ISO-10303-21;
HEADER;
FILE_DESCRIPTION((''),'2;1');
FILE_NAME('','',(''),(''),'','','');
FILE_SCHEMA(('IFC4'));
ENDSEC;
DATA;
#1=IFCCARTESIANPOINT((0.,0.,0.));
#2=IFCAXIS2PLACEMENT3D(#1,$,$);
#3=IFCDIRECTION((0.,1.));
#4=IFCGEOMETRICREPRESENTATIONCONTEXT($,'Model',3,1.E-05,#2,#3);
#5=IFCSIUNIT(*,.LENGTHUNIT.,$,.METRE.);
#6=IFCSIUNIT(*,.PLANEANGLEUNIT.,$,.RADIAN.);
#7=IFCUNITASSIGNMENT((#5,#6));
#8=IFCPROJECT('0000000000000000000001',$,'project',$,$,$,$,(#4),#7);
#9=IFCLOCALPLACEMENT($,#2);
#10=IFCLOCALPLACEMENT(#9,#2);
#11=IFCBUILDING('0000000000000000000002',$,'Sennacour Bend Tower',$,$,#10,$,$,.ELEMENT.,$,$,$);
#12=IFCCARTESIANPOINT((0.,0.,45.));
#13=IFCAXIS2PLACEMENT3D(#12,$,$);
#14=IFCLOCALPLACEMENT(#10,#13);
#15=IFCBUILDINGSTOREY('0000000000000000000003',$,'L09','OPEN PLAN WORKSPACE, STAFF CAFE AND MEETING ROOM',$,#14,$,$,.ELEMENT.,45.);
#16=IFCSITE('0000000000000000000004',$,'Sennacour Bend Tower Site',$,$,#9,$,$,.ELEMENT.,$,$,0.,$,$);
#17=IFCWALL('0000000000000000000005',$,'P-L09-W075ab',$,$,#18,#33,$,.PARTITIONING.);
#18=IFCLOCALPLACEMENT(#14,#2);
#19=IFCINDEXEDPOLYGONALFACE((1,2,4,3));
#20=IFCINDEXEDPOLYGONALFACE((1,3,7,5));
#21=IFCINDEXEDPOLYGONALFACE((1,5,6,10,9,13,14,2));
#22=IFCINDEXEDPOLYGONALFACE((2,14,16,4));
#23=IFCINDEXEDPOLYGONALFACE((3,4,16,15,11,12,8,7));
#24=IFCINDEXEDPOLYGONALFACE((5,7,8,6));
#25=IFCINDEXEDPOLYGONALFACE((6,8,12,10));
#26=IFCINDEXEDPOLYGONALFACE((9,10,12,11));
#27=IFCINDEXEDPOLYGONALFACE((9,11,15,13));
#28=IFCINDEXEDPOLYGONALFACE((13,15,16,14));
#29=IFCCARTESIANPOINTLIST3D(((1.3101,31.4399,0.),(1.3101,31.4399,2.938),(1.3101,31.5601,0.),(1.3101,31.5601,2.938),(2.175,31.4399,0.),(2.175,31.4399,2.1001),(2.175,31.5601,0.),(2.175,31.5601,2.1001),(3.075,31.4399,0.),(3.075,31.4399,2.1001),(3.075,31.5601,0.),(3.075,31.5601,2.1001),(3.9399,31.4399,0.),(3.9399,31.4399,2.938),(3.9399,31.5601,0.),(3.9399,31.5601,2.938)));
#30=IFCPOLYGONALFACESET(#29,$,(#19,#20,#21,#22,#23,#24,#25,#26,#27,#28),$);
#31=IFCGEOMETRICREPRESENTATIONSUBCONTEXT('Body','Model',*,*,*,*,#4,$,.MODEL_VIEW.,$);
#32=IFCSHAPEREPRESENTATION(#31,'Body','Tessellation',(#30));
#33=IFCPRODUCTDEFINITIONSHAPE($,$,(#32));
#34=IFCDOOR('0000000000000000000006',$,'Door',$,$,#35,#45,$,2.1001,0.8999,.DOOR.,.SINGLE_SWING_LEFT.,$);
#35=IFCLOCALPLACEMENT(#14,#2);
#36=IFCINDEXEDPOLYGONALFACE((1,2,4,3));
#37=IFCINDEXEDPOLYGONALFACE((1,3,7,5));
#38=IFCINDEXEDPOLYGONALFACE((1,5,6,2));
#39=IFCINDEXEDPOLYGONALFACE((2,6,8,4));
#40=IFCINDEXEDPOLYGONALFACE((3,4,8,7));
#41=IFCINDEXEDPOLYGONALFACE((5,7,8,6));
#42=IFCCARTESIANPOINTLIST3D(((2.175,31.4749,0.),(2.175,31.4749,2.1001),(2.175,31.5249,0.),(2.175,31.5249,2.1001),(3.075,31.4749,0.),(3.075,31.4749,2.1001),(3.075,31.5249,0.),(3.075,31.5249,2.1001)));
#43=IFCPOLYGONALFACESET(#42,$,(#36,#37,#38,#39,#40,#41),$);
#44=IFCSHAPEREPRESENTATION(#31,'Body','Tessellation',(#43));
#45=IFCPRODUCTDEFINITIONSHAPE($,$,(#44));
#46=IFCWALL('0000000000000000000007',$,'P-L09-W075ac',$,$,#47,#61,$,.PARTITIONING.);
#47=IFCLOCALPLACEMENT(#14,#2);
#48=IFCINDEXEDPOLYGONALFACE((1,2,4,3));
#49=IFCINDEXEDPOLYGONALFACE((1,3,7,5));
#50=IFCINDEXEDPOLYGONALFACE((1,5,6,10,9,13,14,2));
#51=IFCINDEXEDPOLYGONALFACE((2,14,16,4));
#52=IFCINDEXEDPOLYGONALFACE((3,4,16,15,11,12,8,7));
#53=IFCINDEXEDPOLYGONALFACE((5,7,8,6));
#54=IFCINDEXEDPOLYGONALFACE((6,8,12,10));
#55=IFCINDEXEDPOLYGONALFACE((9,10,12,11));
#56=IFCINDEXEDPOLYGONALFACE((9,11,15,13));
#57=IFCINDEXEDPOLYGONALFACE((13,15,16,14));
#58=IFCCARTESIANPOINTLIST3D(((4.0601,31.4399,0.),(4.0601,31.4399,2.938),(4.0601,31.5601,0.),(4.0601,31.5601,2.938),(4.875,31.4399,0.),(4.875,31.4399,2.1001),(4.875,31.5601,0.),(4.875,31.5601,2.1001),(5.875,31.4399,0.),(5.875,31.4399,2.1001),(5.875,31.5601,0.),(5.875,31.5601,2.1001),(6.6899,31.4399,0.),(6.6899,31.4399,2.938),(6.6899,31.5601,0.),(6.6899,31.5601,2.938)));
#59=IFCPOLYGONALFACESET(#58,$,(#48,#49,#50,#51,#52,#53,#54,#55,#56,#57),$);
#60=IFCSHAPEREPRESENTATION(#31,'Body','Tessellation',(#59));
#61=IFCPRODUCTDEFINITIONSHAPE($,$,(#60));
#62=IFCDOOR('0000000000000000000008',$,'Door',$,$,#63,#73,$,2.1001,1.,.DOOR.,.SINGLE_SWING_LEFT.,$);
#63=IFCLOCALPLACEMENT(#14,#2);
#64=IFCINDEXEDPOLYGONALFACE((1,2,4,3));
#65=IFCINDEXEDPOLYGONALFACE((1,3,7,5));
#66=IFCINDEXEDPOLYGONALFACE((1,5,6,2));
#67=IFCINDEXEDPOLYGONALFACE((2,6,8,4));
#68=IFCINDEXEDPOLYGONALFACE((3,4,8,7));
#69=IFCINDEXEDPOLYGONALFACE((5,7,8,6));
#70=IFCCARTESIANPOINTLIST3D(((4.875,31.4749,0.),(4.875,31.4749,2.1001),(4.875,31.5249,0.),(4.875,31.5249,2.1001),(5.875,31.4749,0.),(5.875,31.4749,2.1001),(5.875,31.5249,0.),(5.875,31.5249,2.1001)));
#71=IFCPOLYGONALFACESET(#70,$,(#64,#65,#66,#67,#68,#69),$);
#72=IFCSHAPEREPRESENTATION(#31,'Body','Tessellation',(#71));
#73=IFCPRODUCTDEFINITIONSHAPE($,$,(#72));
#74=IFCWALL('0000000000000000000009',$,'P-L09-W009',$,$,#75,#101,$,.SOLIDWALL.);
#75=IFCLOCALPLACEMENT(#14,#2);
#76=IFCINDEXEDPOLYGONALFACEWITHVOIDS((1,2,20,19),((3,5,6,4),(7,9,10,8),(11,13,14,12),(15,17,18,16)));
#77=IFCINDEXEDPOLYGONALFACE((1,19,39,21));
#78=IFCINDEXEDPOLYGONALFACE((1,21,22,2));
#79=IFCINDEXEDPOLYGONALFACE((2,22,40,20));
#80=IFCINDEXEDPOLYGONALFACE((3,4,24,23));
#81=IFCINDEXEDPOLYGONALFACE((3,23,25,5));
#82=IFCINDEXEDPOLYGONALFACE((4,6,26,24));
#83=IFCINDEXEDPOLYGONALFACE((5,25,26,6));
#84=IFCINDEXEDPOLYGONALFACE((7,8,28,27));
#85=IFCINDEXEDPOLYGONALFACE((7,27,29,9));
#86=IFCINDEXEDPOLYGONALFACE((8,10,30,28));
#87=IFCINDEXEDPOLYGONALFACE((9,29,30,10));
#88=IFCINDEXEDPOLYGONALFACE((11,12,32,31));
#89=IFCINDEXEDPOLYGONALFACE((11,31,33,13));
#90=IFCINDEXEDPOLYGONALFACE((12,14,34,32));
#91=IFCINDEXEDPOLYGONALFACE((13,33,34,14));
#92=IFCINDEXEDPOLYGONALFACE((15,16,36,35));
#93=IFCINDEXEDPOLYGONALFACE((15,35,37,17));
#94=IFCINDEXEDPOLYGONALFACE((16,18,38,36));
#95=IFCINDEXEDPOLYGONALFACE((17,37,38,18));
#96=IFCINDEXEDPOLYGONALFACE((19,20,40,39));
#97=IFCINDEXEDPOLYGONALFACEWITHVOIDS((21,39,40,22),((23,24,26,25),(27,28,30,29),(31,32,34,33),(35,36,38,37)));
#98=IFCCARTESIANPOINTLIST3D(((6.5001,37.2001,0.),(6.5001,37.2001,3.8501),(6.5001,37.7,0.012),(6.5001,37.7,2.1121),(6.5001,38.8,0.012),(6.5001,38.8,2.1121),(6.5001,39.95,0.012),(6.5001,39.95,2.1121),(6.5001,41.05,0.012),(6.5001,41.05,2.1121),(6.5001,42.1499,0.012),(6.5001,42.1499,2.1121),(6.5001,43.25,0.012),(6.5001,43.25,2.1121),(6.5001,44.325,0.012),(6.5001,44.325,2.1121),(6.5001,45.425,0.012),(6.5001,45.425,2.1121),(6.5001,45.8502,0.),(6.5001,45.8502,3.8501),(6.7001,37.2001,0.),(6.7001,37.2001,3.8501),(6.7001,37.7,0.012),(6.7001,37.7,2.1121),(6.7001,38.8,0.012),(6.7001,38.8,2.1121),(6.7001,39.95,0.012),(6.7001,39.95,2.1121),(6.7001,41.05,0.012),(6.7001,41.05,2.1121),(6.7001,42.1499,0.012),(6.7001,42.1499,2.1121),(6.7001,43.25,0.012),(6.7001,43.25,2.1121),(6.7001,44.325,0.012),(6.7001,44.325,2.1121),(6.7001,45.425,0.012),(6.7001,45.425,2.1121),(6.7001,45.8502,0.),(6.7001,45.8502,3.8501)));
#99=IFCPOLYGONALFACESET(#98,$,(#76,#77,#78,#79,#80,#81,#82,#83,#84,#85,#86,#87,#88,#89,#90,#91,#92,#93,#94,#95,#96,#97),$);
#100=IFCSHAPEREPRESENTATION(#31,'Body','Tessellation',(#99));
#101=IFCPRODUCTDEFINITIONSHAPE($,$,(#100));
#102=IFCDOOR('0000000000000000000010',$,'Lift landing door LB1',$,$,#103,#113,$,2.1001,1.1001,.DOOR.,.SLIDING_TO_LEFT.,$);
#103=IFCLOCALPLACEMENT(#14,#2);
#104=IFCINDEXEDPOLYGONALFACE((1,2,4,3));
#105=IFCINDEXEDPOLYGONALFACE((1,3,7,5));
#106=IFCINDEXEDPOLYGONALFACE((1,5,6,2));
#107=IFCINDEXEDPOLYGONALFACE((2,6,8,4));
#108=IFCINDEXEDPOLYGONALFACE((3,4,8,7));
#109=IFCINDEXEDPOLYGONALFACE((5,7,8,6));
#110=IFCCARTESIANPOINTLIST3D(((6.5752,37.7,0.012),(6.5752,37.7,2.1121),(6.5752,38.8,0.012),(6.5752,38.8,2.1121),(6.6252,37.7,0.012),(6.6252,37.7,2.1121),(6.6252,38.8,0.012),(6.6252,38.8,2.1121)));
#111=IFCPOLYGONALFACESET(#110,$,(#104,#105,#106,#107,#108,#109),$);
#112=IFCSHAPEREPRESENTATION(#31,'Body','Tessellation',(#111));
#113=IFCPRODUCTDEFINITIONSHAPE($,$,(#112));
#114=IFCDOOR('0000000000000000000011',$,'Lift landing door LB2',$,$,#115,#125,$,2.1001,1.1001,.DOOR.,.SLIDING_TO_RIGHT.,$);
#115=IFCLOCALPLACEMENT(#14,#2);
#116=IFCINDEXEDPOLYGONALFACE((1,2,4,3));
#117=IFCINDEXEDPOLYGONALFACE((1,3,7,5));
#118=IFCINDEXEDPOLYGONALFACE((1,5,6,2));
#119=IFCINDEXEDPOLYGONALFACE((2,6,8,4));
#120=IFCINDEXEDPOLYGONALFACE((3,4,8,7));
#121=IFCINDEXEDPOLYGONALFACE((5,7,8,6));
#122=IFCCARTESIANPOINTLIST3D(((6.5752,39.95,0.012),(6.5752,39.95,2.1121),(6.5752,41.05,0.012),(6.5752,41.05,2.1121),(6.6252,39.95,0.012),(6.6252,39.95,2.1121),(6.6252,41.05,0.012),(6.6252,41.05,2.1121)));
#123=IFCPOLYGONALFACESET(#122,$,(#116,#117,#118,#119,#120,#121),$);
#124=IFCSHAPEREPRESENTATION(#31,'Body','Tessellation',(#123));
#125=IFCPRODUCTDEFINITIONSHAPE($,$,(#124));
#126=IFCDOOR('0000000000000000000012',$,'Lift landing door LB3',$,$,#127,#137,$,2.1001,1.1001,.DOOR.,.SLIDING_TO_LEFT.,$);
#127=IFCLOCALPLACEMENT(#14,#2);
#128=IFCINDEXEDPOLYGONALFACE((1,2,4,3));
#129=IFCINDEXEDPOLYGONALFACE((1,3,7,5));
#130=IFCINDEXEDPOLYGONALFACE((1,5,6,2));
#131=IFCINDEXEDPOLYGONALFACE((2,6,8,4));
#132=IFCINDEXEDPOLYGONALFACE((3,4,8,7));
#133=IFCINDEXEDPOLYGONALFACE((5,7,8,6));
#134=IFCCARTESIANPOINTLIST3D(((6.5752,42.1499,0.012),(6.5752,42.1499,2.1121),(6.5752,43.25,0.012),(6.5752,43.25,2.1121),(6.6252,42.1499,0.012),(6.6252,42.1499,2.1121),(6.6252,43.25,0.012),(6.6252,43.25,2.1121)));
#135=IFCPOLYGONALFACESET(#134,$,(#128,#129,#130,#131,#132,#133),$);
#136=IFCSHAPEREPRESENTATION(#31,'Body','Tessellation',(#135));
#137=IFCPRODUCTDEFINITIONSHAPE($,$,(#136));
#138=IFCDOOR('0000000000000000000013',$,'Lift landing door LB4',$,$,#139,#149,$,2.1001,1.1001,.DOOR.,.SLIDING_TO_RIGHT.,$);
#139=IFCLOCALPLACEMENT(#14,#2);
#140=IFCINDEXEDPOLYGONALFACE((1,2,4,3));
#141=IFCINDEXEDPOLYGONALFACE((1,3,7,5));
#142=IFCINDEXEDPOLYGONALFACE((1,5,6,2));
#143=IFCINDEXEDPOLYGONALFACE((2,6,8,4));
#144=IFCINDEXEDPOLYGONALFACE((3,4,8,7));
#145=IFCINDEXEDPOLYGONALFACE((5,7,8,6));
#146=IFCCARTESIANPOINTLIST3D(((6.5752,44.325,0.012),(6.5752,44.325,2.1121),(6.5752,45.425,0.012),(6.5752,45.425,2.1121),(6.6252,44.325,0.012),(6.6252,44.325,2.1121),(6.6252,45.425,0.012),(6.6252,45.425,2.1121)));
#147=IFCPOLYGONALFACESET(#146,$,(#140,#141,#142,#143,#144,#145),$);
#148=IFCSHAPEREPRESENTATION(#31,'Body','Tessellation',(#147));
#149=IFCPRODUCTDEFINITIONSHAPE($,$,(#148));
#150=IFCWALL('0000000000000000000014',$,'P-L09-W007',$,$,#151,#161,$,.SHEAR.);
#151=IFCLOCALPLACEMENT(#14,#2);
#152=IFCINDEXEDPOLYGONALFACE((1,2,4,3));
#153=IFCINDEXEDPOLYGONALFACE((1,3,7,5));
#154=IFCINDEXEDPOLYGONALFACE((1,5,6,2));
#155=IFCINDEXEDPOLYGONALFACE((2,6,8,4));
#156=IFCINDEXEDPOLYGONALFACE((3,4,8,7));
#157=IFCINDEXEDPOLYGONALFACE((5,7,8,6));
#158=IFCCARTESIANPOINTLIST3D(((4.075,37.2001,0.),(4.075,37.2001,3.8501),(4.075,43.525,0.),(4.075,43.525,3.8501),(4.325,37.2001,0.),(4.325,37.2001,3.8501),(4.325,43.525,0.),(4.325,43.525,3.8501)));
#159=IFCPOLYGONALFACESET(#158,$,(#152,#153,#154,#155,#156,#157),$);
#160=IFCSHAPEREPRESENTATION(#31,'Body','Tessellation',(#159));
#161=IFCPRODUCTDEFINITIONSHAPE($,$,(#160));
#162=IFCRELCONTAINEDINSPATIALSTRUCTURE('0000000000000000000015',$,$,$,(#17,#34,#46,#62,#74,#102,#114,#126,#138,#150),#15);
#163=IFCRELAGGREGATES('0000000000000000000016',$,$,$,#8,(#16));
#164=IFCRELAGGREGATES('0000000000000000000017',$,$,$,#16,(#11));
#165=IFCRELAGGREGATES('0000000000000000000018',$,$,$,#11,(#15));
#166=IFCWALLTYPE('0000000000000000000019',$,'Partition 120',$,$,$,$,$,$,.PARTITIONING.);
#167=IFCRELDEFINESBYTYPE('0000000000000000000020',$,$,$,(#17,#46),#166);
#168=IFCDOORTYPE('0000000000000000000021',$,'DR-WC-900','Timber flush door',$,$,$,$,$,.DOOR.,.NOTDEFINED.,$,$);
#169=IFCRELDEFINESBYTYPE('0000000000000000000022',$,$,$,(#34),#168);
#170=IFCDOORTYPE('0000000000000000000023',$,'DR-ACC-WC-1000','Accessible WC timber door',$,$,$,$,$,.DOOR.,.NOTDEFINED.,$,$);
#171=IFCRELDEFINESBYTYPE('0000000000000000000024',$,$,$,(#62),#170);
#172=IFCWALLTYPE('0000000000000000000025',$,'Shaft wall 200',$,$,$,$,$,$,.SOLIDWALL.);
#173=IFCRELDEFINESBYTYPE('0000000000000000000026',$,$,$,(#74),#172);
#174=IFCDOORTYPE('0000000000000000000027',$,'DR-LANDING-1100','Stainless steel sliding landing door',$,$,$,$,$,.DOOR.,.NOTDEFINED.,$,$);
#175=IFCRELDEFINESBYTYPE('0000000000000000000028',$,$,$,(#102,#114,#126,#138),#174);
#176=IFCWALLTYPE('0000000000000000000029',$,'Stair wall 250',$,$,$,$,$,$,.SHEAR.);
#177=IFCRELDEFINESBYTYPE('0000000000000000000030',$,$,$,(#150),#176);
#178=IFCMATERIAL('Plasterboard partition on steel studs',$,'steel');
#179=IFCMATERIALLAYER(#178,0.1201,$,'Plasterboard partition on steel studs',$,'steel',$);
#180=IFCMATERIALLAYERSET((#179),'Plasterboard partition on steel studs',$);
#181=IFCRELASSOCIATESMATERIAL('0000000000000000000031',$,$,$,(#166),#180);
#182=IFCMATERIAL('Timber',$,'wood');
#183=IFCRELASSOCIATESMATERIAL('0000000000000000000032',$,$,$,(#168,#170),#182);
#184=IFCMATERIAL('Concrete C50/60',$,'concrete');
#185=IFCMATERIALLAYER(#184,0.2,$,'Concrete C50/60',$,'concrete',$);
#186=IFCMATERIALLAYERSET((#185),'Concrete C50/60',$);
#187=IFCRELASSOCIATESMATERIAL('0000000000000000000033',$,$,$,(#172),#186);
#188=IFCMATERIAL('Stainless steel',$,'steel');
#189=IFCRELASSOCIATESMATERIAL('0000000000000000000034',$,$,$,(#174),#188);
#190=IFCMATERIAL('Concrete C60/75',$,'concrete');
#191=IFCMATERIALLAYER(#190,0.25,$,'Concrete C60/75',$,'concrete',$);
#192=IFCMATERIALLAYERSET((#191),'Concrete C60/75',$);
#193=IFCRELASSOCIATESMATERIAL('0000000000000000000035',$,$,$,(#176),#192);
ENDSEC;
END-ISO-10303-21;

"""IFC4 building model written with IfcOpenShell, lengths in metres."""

from ifc_helpers import new_model, si_unit, direction, frame, frame_2d, origin, place, context, subcontext, project, spatial, rectangle, extrude, material, layer, layer_set, type_object, element, fill, save


model = new_model("IFC4")

# Units and contexts
model_context = context("Model", 3, precision=1e-05, world=origin(), true_north=direction((0.0, 1.0)))
body_context = subcontext(model_context, "Body", "Model", "MODEL_VIEW")
ifc_project = project(units=[si_unit("LENGTHUNIT", "METRE"), si_unit("PLANEANGLEUNIT", "RADIAN")], contexts=[model_context])

# Site, building, storey
site_placement = place(None, origin())
site = spatial("IfcSite", under=ifc_project, at=site_placement, Name="Sennacour Bend Tower Site", CompositionType="ELEMENT", RefElevation=0.0)
building_placement = place(site_placement, origin())
building = spatial("IfcBuilding", under=site, at=building_placement, Name="Sennacour Bend Tower", CompositionType="ELEMENT")
storey_placement = place(building_placement, frame((0.0, 0.0, 45.0)))
storey = spatial("IfcBuildingStorey", under=building, at=storey_placement, Name="L09", Description="OPEN PLAN WORKSPACE, STAFF CAFE AND MEETING ROOM", CompositionType="ELEMENT", Elevation=45.0)

# Shared definitions
ifc_material_1 = material(Name="Plasterboard partition on steel studs", Category="steel")
ifc_layer_1 = layer(ifc_material_1, 0.1201, Name="Plasterboard partition on steel studs", Category="steel")
ifc_layer_set_1 = layer_set([ifc_layer_1], Name="Plasterboard partition on steel studs")
wall_type_1 = type_object("IfcWallType", Name="Partition 120", PredefinedType="PARTITIONING", material=ifc_layer_set_1)

# Walls, openings, doors
wall_1_placement = place(storey_placement, frame((1.3101, 31.5, 0.0), z_axis=(0.0, 0.0, 1.0), x_axis=(1.0, 0.0, 0.0)))
wall_1 = element("IfcWall", 1, at=wall_1_placement, inside=storey, type_object=wall_type_1, Name="P-L09-W075ab", PredefinedType="PARTITIONING", context=body_context, shape_type="SweptSolid", body=[
    extrude(rectangle(XDim=2.6299, YDim=0.1201, at=frame_2d((1.3149, 0.0))), origin(), (0.0, 0.0, 1.0), 2.938),
])
opening_1_placement = place(wall_1_placement, frame((0.865, 0.0, 0.0)))
opening_1 = element("IfcOpeningElement", 2, at=opening_1_placement, cuts=wall_1, PredefinedType="OPENING", context=body_context, shape_type="SweptSolid", body=[
    extrude(rectangle(XDim=0.8999, YDim=2.1001, at=frame_2d((0.45, 1.05))), frame((0.0, 0.0701, 0.0), z_axis=(0.0, -1.0, 0.0), x_axis=(1.0, 0.0, 0.0)), (0.0, 0.0, 1.0), 0.1401),
])
ifc_material_2 = material(Name="Timber", Category="wood")
door_type_1 = type_object("IfcDoorType", Name="DR-WC-900", Description="Timber flush door", OperationType="NOTDEFINED", PredefinedType="DOOR", material=ifc_material_2)
door_1_placement = place(opening_1_placement, origin())
door_1 = element("IfcDoor", 3, at=door_1_placement, inside=storey, type_object=door_type_1, Name="Door", OperationType="SINGLE_SWING_LEFT", OverallHeight=2.1001, OverallWidth=0.8999, PredefinedType="DOOR", context=body_context, shape_type="SweptSolid", body=[
    extrude(rectangle(XDim=0.8999, YDim=2.1001, at=frame_2d((0.45, 1.05))), frame((0.0, 0.0249, 0.0), z_axis=(0.0, -1.0, 0.0), x_axis=(1.0, 0.0, 0.0)), (0.0, 0.0, 1.0), 0.05),
])
fill(opening_1, door_1)
wall_2_placement = place(storey_placement, frame((4.0601, 31.5, 0.0), z_axis=(0.0, 0.0, 1.0), x_axis=(1.0, 0.0, 0.0)))
wall_2 = element("IfcWall", 4, at=wall_2_placement, inside=storey, type_object=wall_type_1, Name="P-L09-W075ac", PredefinedType="PARTITIONING", context=body_context, shape_type="SweptSolid", body=[
    extrude(rectangle(XDim=2.6299, YDim=0.1201, at=frame_2d((1.3149, 0.0))), origin(), (0.0, 0.0, 1.0), 2.938),
])
opening_2_placement = place(wall_2_placement, frame((0.8149, 0.0, 0.0)))
opening_2 = element("IfcOpeningElement", 5, at=opening_2_placement, cuts=wall_2, PredefinedType="OPENING", context=body_context, shape_type="SweptSolid", body=[
    extrude(rectangle(XDim=1.0, YDim=2.1001, at=frame_2d((0.5, 1.05))), frame((0.0, 0.0701, 0.0), z_axis=(0.0, -1.0, 0.0), x_axis=(1.0, 0.0, 0.0)), (0.0, 0.0, 1.0), 0.1401),
])
door_type_2 = type_object("IfcDoorType", Name="DR-ACC-WC-1000", Description="Accessible WC timber door", OperationType="NOTDEFINED", PredefinedType="DOOR", material=ifc_material_2)
door_2_placement = place(opening_2_placement, origin())
door_2 = element("IfcDoor", 6, at=door_2_placement, inside=storey, type_object=door_type_2, Name="Door", OperationType="SINGLE_SWING_LEFT", OverallHeight=2.1001, OverallWidth=1.0, PredefinedType="DOOR", context=body_context, shape_type="SweptSolid", body=[
    extrude(rectangle(XDim=1.0, YDim=2.1001, at=frame_2d((0.5, 1.05))), frame((0.0, 0.0249, 0.0), z_axis=(0.0, -1.0, 0.0), x_axis=(1.0, 0.0, 0.0)), (0.0, 0.0, 1.0), 0.05),
])
fill(opening_2, door_2)

# Wall, openings, doors
ifc_material_3 = material(Name="Concrete C50/60", Category="concrete")
ifc_layer_2 = layer(ifc_material_3, 0.2, Name="Concrete C50/60", Category="concrete")
ifc_layer_set_2 = layer_set([ifc_layer_2], Name="Concrete C50/60")
wall_type_2 = type_object("IfcWallType", Name="Shaft wall 200", PredefinedType="SOLIDWALL", material=ifc_layer_set_2)
wall_3_placement = place(storey_placement, frame((6.6001, 37.2, 0.0), z_axis=(0.0, 0.0, 1.0), x_axis=(0.0, 1.0, 0.0)))
wall_3 = element("IfcWall", 7, at=wall_3_placement, inside=storey, type_object=wall_type_2, Name="P-L09-W009", PredefinedType="SOLIDWALL", context=body_context, shape_type="SweptSolid", body=[
    extrude(rectangle(XDim=8.6501, YDim=0.2, at=frame_2d((4.3252, 0.0))), origin(), (0.0, 0.0, 1.0), 3.8501),
])
opening_3_placement = place(wall_3_placement, frame((0.5, 0.0, 0.012)))
opening_3 = element("IfcOpeningElement", 8, at=opening_3_placement, cuts=wall_3, PredefinedType="OPENING", context=body_context, shape_type="SweptSolid", body=[
    extrude(rectangle(XDim=1.1001, YDim=2.1001, at=frame_2d((0.55, 1.05))), frame((0.0, 0.1099, 0.0), z_axis=(0.0, -1.0, 0.0), x_axis=(1.0, 0.0, 0.0)), (0.0, 0.0, 1.0), 0.22),
])
opening_4_placement = place(wall_3_placement, frame((2.75, 0.0, 0.012)))
opening_4 = element("IfcOpeningElement", 9, at=opening_4_placement, cuts=wall_3, PredefinedType="OPENING", context=body_context, shape_type="SweptSolid", body=[
    extrude(rectangle(XDim=1.1001, YDim=2.1001, at=frame_2d((0.55, 1.05))), frame((0.0, 0.1099, 0.0), z_axis=(0.0, -1.0, 0.0), x_axis=(1.0, 0.0, 0.0)), (0.0, 0.0, 1.0), 0.22),
])
opening_5_placement = place(wall_3_placement, frame((4.95, 0.0, 0.012)))
opening_5 = element("IfcOpeningElement", 10, at=opening_5_placement, cuts=wall_3, PredefinedType="OPENING", context=body_context, shape_type="SweptSolid", body=[
    extrude(rectangle(XDim=1.1001, YDim=2.1001, at=frame_2d((0.55, 1.05))), frame((0.0, 0.1099, 0.0), z_axis=(0.0, -1.0, 0.0), x_axis=(1.0, 0.0, 0.0)), (0.0, 0.0, 1.0), 0.22),
])
opening_6_placement = place(wall_3_placement, frame((7.125, 0.0, 0.012)))
opening_6 = element("IfcOpeningElement", 11, at=opening_6_placement, cuts=wall_3, PredefinedType="OPENING", context=body_context, shape_type="SweptSolid", body=[
    extrude(rectangle(XDim=1.1001, YDim=2.1001, at=frame_2d((0.55, 1.05))), frame((0.0, 0.1099, 0.0), z_axis=(0.0, -1.0, 0.0), x_axis=(1.0, 0.0, 0.0)), (0.0, 0.0, 1.0), 0.22),
])
ifc_material_4 = material(Name="Stainless steel", Category="steel")
door_type_3 = type_object("IfcDoorType", Name="DR-LANDING-1100", Description="Stainless steel sliding landing door", OperationType="NOTDEFINED", PredefinedType="DOOR", material=ifc_material_4)
door_3_placement = place(opening_3_placement, origin())
door_3 = element("IfcDoor", 12, at=door_3_placement, inside=storey, type_object=door_type_3, Name="Lift landing door LB1", OperationType="SLIDING_TO_LEFT", OverallHeight=2.1001, OverallWidth=1.1001, PredefinedType="DOOR", context=body_context, shape_type="SweptSolid", body=[
    extrude(rectangle(XDim=1.1001, YDim=2.1001, at=frame_2d((0.55, 1.05))), frame((0.0, 0.0249, 0.0), z_axis=(0.0, -1.0, 0.0), x_axis=(1.0, 0.0, 0.0)), (0.0, 0.0, 1.0), 0.05),
])
fill(opening_3, door_3)
door_4_placement = place(opening_4_placement, origin())
door_4 = element("IfcDoor", 13, at=door_4_placement, inside=storey, type_object=door_type_3, Name="Lift landing door LB2", OperationType="SLIDING_TO_RIGHT", OverallHeight=2.1001, OverallWidth=1.1001, PredefinedType="DOOR", context=body_context, shape_type="SweptSolid", body=[
    extrude(rectangle(XDim=1.1001, YDim=2.1001, at=frame_2d((0.55, 1.05))), frame((0.0, 0.0249, 0.0), z_axis=(0.0, -1.0, 0.0), x_axis=(1.0, 0.0, 0.0)), (0.0, 0.0, 1.0), 0.05),
])
fill(opening_4, door_4)
door_5_placement = place(opening_5_placement, origin())
door_5 = element("IfcDoor", 14, at=door_5_placement, inside=storey, type_object=door_type_3, Name="Lift landing door LB3", OperationType="SLIDING_TO_LEFT", OverallHeight=2.1001, OverallWidth=1.1001, PredefinedType="DOOR", context=body_context, shape_type="SweptSolid", body=[
    extrude(rectangle(XDim=1.1001, YDim=2.1001, at=frame_2d((0.55, 1.05))), frame((0.0, 0.0249, 0.0), z_axis=(0.0, -1.0, 0.0), x_axis=(1.0, 0.0, 0.0)), (0.0, 0.0, 1.0), 0.05),
])
fill(opening_5, door_5)
door_6_placement = place(opening_6_placement, origin())
door_6 = element("IfcDoor", 15, at=door_6_placement, inside=storey, type_object=door_type_3, Name="Lift landing door LB4", OperationType="SLIDING_TO_RIGHT", OverallHeight=2.1001, OverallWidth=1.1001, PredefinedType="DOOR", context=body_context, shape_type="SweptSolid", body=[
    extrude(rectangle(XDim=1.1001, YDim=2.1001, at=frame_2d((0.55, 1.05))), frame((0.0, 0.0249, 0.0), z_axis=(0.0, -1.0, 0.0), x_axis=(1.0, 0.0, 0.0)), (0.0, 0.0, 1.0), 0.05),
])
fill(opening_6, door_6)

# Wall
ifc_material_5 = material(Name="Concrete C60/75", Category="concrete")
ifc_layer_3 = layer(ifc_material_5, 0.25, Name="Concrete C60/75", Category="concrete")
ifc_layer_set_3 = layer_set([ifc_layer_3], Name="Concrete C60/75")
wall_type_3 = type_object("IfcWallType", Name="Stair wall 250", PredefinedType="SHEAR", material=ifc_layer_set_3)
wall_4_placement = place(storey_placement, frame((4.2, 37.2, 0.0), z_axis=(0.0, 0.0, 1.0), x_axis=(0.0, 1.0, 0.0)))
element("IfcWall", 16, at=wall_4_placement, inside=storey, type_object=wall_type_3, Name="P-L09-W007", PredefinedType="SHEAR", context=body_context, shape_type="SweptSolid", body=[
    extrude(rectangle(XDim=6.325, YDim=0.25, at=frame_2d((3.1626, 0.0))), origin(), (0.0, 0.0, 1.0), 3.8501),
])

save(model, "model.ifc")
